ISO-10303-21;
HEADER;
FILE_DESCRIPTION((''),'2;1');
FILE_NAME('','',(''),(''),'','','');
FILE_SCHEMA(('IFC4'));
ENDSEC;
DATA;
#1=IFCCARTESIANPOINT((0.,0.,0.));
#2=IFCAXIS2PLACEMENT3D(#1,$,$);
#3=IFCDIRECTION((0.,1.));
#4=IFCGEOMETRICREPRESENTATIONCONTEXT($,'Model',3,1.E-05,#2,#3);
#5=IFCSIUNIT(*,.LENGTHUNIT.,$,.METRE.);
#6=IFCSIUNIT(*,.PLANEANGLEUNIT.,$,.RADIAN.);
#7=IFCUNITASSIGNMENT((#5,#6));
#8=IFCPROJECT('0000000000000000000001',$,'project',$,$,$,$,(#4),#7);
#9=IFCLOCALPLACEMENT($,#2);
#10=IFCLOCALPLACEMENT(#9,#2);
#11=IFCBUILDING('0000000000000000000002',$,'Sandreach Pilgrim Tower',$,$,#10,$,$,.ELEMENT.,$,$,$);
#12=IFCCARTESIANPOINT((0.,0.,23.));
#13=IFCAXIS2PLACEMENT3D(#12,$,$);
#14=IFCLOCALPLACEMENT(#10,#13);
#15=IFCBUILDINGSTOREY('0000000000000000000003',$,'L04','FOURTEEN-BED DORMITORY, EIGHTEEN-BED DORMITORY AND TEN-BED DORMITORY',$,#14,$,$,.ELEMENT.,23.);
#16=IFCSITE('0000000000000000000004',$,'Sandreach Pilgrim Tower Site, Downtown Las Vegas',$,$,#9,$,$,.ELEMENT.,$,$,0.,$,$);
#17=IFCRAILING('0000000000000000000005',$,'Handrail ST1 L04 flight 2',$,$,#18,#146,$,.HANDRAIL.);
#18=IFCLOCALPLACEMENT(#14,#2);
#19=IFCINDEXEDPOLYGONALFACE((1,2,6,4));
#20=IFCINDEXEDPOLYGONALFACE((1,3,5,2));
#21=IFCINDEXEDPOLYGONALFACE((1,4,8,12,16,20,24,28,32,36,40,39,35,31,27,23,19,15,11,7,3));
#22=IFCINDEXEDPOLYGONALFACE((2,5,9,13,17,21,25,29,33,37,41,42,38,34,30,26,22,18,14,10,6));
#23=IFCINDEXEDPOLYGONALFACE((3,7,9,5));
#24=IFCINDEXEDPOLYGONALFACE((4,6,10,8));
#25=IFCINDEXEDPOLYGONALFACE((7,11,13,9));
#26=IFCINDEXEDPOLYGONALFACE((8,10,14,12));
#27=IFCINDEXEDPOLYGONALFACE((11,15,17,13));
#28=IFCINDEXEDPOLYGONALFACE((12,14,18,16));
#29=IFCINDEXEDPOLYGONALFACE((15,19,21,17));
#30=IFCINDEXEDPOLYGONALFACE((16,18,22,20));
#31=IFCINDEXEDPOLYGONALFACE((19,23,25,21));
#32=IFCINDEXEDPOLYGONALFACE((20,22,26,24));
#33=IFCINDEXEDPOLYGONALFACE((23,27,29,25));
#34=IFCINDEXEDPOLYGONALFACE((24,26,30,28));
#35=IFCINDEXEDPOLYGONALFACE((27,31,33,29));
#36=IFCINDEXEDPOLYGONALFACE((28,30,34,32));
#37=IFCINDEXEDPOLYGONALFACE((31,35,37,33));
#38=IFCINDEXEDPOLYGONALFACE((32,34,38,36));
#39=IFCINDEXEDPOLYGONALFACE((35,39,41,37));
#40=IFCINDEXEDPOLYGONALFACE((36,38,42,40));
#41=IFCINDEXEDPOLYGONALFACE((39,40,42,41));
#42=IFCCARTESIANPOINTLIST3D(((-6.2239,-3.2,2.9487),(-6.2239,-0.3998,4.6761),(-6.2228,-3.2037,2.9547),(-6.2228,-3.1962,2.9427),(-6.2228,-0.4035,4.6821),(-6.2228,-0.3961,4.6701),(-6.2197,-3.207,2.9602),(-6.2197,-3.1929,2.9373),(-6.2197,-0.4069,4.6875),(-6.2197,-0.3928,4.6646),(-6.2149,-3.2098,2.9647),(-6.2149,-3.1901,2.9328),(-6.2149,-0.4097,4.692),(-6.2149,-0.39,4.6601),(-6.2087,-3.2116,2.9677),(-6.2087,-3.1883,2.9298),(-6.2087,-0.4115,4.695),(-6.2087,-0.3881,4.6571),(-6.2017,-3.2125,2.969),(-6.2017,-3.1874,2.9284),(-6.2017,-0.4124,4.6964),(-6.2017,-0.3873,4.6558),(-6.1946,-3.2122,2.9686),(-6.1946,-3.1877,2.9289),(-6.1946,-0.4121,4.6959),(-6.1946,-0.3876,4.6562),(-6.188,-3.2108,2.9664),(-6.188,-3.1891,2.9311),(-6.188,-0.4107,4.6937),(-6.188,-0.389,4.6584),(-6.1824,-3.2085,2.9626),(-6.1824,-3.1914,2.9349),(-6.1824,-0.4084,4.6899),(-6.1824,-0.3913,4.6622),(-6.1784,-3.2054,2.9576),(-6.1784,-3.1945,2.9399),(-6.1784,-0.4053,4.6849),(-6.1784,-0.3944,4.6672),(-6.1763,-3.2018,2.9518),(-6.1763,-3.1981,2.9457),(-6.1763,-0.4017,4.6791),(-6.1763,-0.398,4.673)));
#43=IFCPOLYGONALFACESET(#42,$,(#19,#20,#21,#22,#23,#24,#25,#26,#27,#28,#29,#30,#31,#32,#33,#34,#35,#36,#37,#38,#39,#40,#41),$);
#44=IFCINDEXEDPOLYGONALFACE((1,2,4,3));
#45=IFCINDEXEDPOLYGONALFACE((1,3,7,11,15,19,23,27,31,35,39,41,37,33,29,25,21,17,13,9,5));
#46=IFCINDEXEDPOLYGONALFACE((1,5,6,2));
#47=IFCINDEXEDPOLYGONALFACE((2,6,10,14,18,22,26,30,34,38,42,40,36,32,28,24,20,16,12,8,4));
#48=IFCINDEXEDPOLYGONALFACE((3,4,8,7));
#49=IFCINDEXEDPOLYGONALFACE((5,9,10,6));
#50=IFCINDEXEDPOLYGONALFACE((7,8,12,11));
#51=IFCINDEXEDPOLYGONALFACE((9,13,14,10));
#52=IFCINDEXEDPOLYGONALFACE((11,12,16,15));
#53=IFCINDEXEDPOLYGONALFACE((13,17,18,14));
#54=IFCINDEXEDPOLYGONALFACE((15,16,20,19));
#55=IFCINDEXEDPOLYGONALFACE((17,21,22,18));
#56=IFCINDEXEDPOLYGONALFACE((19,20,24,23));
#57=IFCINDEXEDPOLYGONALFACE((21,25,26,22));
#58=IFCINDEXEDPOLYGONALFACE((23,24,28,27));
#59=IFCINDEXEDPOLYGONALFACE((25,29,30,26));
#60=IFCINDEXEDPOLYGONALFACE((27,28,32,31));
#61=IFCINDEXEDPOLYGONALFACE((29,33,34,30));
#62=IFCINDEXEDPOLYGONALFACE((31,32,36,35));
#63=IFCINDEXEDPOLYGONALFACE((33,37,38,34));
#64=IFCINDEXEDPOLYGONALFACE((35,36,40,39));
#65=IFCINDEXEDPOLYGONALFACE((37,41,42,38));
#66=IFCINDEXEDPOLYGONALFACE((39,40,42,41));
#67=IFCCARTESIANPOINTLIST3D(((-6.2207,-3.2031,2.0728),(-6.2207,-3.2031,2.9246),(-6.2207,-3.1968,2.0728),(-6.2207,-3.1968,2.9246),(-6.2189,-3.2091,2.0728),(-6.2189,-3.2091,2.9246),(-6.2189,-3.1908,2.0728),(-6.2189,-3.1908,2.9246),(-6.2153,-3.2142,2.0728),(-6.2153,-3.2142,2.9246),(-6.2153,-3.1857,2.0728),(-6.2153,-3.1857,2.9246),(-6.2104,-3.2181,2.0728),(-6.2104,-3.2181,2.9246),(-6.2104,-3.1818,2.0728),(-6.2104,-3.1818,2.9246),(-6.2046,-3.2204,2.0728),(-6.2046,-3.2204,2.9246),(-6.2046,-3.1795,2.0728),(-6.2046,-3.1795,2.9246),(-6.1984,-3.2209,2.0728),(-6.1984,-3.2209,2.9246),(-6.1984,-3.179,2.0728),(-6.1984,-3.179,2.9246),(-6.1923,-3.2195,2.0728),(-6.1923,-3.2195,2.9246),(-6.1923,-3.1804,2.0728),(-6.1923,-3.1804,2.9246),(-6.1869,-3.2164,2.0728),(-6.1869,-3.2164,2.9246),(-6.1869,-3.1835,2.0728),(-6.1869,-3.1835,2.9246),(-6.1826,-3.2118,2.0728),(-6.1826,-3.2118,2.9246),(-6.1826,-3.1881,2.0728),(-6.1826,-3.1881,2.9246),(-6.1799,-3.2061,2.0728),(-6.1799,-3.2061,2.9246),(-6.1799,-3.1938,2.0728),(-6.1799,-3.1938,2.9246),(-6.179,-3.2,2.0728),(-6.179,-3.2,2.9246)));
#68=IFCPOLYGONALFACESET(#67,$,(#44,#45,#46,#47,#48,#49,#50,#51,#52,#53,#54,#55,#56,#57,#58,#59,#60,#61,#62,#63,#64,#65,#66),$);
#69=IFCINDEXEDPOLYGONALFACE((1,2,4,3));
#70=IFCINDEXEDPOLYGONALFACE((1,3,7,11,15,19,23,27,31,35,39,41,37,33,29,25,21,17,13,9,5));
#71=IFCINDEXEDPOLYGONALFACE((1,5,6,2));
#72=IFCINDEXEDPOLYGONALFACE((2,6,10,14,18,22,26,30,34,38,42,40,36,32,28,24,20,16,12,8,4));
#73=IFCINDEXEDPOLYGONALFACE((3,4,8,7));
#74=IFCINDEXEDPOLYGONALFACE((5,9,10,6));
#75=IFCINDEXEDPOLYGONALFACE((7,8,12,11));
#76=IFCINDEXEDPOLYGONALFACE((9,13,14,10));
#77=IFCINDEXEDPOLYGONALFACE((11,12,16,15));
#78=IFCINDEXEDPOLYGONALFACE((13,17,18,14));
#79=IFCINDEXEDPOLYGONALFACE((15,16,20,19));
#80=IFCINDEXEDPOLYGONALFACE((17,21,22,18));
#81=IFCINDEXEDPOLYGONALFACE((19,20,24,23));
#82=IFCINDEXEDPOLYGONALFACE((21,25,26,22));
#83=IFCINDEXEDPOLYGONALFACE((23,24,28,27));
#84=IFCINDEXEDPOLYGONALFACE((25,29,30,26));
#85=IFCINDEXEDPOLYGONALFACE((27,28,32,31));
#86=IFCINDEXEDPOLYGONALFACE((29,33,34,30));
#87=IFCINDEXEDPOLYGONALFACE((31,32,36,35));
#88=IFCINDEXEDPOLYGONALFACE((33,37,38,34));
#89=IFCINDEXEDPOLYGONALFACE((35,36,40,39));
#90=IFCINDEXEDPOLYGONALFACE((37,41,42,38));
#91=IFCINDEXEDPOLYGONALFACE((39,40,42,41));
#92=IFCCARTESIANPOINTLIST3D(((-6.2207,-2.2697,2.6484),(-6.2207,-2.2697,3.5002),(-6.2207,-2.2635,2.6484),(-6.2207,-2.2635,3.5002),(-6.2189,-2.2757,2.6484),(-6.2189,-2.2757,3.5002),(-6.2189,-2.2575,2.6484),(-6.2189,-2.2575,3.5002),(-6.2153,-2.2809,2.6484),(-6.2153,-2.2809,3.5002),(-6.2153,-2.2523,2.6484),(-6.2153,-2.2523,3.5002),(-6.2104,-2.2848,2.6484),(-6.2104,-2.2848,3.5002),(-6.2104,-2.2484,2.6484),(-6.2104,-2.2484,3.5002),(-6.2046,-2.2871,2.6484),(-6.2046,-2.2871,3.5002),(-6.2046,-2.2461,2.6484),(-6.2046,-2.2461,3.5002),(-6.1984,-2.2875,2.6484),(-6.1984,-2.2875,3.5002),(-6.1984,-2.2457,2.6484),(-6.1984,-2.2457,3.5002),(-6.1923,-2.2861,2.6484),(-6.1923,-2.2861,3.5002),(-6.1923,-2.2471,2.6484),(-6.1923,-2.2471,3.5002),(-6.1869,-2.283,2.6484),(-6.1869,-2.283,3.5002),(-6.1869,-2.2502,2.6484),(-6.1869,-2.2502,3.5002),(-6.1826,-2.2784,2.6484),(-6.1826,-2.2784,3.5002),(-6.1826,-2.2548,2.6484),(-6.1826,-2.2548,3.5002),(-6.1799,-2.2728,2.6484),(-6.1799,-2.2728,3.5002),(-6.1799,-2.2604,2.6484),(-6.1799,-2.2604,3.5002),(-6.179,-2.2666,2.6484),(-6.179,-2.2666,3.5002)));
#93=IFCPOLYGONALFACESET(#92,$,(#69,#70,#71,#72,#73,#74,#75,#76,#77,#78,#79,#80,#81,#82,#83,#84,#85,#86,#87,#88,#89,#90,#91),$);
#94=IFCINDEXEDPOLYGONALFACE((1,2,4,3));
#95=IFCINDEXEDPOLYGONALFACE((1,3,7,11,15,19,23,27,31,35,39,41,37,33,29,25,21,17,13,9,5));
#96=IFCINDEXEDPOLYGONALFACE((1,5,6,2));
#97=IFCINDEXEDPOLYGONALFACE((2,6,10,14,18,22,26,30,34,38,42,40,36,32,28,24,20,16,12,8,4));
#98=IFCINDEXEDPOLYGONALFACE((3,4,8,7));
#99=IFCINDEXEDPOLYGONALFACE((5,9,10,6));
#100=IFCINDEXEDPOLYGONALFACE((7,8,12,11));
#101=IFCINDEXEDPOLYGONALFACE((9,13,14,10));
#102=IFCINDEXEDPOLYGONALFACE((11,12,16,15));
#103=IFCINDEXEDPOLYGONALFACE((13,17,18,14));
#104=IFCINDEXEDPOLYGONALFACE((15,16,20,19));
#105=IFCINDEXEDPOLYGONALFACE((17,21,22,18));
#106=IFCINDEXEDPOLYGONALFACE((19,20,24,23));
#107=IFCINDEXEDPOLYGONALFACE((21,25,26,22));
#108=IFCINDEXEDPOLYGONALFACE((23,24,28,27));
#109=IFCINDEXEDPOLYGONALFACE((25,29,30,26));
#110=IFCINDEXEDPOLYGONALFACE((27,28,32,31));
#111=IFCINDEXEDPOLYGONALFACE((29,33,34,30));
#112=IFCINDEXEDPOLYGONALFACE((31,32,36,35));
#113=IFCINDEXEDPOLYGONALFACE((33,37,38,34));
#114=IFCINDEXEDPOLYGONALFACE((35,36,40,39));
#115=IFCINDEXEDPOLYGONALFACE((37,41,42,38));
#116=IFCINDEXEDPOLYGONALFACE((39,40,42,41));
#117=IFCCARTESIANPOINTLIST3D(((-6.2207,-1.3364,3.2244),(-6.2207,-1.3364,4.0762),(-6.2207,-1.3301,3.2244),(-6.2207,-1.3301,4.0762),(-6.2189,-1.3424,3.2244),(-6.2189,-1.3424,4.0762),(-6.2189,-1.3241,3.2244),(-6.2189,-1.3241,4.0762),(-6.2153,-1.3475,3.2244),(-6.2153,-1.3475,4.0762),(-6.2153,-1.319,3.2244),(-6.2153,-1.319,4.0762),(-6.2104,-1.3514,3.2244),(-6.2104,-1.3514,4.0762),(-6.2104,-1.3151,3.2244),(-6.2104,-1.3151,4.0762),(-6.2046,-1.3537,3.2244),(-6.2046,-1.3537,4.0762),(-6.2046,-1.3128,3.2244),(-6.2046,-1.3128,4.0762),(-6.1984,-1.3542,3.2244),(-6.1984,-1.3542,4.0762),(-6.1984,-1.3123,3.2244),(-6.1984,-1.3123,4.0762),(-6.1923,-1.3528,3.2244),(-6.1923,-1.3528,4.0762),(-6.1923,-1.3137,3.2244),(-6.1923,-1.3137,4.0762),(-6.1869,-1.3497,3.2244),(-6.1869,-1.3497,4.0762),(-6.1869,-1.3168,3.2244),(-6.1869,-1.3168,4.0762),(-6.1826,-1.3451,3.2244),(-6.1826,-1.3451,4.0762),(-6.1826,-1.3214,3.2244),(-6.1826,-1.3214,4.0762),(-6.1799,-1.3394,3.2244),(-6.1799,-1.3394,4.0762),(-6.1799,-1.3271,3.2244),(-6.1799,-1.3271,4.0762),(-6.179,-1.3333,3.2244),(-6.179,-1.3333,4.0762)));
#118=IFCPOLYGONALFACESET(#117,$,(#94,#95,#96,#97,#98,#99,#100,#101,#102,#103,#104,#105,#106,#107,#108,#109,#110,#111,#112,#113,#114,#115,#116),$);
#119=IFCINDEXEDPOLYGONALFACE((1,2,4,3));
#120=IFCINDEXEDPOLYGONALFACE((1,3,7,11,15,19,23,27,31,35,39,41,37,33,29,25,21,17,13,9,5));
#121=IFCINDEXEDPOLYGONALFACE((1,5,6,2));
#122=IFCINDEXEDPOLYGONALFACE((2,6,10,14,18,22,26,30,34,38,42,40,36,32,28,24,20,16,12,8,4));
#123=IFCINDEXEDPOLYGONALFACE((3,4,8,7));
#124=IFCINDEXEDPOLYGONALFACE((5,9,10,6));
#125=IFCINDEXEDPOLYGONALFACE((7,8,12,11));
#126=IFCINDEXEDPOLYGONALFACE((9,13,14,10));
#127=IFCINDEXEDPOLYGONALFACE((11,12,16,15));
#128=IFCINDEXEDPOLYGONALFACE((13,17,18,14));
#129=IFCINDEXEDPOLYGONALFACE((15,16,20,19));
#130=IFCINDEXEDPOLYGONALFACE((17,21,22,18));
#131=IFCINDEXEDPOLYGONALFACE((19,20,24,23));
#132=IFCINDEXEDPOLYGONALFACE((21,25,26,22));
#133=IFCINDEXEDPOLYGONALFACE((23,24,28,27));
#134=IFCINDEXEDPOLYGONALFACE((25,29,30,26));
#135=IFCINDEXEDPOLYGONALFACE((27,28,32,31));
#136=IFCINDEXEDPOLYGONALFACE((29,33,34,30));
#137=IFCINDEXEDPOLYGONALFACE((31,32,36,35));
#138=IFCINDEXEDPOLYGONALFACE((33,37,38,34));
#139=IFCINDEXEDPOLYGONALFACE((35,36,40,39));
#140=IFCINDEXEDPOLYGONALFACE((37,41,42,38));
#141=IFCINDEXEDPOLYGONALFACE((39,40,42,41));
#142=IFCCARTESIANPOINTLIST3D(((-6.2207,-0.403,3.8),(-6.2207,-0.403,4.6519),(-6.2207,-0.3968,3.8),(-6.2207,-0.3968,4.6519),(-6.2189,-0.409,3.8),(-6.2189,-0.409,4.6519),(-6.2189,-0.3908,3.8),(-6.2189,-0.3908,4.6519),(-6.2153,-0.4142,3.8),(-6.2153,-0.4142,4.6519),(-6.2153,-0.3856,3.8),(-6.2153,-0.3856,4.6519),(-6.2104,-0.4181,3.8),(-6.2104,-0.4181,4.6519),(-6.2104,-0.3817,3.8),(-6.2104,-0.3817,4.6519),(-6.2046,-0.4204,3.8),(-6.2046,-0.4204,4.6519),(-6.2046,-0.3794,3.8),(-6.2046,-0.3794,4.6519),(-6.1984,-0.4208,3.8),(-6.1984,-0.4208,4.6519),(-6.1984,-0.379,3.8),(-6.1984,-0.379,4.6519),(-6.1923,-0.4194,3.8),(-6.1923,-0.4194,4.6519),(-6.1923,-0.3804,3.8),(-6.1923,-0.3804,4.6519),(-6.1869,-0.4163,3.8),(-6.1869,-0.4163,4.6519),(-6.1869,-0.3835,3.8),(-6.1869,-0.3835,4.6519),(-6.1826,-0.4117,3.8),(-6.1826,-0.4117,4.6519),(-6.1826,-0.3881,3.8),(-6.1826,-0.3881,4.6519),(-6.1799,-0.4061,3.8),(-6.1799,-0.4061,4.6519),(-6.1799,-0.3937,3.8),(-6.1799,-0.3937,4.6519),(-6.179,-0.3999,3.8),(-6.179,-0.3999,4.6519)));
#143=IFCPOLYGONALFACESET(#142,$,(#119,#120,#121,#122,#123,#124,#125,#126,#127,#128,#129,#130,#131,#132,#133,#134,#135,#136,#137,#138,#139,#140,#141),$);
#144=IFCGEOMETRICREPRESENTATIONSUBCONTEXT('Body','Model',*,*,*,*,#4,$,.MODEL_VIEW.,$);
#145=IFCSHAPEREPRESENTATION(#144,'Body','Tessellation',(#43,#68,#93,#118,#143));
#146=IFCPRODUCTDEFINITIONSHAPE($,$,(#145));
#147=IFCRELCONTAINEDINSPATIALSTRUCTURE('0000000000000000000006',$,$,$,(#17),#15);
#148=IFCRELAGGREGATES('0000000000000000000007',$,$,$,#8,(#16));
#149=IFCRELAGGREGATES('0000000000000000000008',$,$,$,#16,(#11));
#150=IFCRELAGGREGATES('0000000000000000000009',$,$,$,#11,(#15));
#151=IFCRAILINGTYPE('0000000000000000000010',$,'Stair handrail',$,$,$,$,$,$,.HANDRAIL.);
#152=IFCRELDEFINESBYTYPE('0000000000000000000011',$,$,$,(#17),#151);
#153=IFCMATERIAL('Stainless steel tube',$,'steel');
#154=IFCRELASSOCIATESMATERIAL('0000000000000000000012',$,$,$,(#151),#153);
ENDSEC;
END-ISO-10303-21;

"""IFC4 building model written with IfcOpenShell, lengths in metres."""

from ifc_helpers import new_model, si_unit, direction, frame, origin, origin_2d, place, context, subcontext, project, spatial, circle, extrude, material, type_object, element, save


model = new_model("IFC4")

# Units and contexts
model_context = context("Model", 3, precision=1e-05, world=origin(), true_north=direction((0.0, 1.0)))
body_context = subcontext(model_context, "Body", "Model", "MODEL_VIEW")
ifc_project = project(units=[si_unit("LENGTHUNIT", "METRE"), si_unit("PLANEANGLEUNIT", "RADIAN")], contexts=[model_context])

# Site, building, storey
site_placement = place(None, origin())
site = spatial("IfcSite", under=ifc_project, at=site_placement, Name="Sandreach Pilgrim Tower Site, Downtown Las Vegas", CompositionType="ELEMENT", RefElevation=0.0)
building_placement = place(site_placement, origin())
building = spatial("IfcBuilding", under=site, at=building_placement, Name="Sandreach Pilgrim Tower", CompositionType="ELEMENT")
storey_placement = place(building_placement, frame((0.0, 0.0, 23.0)))
storey = spatial("IfcBuildingStorey", under=building, at=storey_placement, Name="L04", Description="FOURTEEN-BED DORMITORY, EIGHTEEN-BED DORMITORY AND TEN-BED DORMITORY", CompositionType="ELEMENT", Elevation=23.0)

# Railing
ifc_material_1 = material(Name="Stainless steel tube", Category="steel")
railing_type = type_object("IfcRailingType", Name="Stair handrail", PredefinedType="HANDRAIL", material=ifc_material_1)
for number, where, name in (
    (1, (-6.2, -3.2, 2.0728), "Handrail ST1 L04 flight 2"),
):
    element("IfcRailing", number, at=place(storey_placement, frame(where)), inside=storey, type_object=railing_type, Name=name, PredefinedType="HANDRAIL", context=body_context, shape_type="SweptSolid", body=[
        extrude(circle(Radius=0.0239, at=origin_2d()), frame((0.0, 0.0, 0.876), z_axis=(0.0, 0.85109, 0.52502), x_axis=(-1.0, 0.0, 0.0)), (0.0, 0.0, 1.0), 3.29),
        extrude(circle(Radius=0.021, at=origin_2d()), origin(), (0.0, 0.0, 1.0), 0.8518),
        extrude(circle(Radius=0.021, at=origin_2d()), frame((0.0, 0.9333, 0.5757)), (0.0, 0.0, 1.0), 0.8518),
        extrude(circle(Radius=0.021, at=origin_2d()), frame((0.0, 1.8667, 1.1516)), (0.0, 0.0, 1.0), 0.8518),
        extrude(circle(Radius=0.021, at=origin_2d()), frame((0.0, 2.8, 1.7273)), (0.0, 0.0, 1.0), 0.8518),
    ])

save(model, "model.ifc")
